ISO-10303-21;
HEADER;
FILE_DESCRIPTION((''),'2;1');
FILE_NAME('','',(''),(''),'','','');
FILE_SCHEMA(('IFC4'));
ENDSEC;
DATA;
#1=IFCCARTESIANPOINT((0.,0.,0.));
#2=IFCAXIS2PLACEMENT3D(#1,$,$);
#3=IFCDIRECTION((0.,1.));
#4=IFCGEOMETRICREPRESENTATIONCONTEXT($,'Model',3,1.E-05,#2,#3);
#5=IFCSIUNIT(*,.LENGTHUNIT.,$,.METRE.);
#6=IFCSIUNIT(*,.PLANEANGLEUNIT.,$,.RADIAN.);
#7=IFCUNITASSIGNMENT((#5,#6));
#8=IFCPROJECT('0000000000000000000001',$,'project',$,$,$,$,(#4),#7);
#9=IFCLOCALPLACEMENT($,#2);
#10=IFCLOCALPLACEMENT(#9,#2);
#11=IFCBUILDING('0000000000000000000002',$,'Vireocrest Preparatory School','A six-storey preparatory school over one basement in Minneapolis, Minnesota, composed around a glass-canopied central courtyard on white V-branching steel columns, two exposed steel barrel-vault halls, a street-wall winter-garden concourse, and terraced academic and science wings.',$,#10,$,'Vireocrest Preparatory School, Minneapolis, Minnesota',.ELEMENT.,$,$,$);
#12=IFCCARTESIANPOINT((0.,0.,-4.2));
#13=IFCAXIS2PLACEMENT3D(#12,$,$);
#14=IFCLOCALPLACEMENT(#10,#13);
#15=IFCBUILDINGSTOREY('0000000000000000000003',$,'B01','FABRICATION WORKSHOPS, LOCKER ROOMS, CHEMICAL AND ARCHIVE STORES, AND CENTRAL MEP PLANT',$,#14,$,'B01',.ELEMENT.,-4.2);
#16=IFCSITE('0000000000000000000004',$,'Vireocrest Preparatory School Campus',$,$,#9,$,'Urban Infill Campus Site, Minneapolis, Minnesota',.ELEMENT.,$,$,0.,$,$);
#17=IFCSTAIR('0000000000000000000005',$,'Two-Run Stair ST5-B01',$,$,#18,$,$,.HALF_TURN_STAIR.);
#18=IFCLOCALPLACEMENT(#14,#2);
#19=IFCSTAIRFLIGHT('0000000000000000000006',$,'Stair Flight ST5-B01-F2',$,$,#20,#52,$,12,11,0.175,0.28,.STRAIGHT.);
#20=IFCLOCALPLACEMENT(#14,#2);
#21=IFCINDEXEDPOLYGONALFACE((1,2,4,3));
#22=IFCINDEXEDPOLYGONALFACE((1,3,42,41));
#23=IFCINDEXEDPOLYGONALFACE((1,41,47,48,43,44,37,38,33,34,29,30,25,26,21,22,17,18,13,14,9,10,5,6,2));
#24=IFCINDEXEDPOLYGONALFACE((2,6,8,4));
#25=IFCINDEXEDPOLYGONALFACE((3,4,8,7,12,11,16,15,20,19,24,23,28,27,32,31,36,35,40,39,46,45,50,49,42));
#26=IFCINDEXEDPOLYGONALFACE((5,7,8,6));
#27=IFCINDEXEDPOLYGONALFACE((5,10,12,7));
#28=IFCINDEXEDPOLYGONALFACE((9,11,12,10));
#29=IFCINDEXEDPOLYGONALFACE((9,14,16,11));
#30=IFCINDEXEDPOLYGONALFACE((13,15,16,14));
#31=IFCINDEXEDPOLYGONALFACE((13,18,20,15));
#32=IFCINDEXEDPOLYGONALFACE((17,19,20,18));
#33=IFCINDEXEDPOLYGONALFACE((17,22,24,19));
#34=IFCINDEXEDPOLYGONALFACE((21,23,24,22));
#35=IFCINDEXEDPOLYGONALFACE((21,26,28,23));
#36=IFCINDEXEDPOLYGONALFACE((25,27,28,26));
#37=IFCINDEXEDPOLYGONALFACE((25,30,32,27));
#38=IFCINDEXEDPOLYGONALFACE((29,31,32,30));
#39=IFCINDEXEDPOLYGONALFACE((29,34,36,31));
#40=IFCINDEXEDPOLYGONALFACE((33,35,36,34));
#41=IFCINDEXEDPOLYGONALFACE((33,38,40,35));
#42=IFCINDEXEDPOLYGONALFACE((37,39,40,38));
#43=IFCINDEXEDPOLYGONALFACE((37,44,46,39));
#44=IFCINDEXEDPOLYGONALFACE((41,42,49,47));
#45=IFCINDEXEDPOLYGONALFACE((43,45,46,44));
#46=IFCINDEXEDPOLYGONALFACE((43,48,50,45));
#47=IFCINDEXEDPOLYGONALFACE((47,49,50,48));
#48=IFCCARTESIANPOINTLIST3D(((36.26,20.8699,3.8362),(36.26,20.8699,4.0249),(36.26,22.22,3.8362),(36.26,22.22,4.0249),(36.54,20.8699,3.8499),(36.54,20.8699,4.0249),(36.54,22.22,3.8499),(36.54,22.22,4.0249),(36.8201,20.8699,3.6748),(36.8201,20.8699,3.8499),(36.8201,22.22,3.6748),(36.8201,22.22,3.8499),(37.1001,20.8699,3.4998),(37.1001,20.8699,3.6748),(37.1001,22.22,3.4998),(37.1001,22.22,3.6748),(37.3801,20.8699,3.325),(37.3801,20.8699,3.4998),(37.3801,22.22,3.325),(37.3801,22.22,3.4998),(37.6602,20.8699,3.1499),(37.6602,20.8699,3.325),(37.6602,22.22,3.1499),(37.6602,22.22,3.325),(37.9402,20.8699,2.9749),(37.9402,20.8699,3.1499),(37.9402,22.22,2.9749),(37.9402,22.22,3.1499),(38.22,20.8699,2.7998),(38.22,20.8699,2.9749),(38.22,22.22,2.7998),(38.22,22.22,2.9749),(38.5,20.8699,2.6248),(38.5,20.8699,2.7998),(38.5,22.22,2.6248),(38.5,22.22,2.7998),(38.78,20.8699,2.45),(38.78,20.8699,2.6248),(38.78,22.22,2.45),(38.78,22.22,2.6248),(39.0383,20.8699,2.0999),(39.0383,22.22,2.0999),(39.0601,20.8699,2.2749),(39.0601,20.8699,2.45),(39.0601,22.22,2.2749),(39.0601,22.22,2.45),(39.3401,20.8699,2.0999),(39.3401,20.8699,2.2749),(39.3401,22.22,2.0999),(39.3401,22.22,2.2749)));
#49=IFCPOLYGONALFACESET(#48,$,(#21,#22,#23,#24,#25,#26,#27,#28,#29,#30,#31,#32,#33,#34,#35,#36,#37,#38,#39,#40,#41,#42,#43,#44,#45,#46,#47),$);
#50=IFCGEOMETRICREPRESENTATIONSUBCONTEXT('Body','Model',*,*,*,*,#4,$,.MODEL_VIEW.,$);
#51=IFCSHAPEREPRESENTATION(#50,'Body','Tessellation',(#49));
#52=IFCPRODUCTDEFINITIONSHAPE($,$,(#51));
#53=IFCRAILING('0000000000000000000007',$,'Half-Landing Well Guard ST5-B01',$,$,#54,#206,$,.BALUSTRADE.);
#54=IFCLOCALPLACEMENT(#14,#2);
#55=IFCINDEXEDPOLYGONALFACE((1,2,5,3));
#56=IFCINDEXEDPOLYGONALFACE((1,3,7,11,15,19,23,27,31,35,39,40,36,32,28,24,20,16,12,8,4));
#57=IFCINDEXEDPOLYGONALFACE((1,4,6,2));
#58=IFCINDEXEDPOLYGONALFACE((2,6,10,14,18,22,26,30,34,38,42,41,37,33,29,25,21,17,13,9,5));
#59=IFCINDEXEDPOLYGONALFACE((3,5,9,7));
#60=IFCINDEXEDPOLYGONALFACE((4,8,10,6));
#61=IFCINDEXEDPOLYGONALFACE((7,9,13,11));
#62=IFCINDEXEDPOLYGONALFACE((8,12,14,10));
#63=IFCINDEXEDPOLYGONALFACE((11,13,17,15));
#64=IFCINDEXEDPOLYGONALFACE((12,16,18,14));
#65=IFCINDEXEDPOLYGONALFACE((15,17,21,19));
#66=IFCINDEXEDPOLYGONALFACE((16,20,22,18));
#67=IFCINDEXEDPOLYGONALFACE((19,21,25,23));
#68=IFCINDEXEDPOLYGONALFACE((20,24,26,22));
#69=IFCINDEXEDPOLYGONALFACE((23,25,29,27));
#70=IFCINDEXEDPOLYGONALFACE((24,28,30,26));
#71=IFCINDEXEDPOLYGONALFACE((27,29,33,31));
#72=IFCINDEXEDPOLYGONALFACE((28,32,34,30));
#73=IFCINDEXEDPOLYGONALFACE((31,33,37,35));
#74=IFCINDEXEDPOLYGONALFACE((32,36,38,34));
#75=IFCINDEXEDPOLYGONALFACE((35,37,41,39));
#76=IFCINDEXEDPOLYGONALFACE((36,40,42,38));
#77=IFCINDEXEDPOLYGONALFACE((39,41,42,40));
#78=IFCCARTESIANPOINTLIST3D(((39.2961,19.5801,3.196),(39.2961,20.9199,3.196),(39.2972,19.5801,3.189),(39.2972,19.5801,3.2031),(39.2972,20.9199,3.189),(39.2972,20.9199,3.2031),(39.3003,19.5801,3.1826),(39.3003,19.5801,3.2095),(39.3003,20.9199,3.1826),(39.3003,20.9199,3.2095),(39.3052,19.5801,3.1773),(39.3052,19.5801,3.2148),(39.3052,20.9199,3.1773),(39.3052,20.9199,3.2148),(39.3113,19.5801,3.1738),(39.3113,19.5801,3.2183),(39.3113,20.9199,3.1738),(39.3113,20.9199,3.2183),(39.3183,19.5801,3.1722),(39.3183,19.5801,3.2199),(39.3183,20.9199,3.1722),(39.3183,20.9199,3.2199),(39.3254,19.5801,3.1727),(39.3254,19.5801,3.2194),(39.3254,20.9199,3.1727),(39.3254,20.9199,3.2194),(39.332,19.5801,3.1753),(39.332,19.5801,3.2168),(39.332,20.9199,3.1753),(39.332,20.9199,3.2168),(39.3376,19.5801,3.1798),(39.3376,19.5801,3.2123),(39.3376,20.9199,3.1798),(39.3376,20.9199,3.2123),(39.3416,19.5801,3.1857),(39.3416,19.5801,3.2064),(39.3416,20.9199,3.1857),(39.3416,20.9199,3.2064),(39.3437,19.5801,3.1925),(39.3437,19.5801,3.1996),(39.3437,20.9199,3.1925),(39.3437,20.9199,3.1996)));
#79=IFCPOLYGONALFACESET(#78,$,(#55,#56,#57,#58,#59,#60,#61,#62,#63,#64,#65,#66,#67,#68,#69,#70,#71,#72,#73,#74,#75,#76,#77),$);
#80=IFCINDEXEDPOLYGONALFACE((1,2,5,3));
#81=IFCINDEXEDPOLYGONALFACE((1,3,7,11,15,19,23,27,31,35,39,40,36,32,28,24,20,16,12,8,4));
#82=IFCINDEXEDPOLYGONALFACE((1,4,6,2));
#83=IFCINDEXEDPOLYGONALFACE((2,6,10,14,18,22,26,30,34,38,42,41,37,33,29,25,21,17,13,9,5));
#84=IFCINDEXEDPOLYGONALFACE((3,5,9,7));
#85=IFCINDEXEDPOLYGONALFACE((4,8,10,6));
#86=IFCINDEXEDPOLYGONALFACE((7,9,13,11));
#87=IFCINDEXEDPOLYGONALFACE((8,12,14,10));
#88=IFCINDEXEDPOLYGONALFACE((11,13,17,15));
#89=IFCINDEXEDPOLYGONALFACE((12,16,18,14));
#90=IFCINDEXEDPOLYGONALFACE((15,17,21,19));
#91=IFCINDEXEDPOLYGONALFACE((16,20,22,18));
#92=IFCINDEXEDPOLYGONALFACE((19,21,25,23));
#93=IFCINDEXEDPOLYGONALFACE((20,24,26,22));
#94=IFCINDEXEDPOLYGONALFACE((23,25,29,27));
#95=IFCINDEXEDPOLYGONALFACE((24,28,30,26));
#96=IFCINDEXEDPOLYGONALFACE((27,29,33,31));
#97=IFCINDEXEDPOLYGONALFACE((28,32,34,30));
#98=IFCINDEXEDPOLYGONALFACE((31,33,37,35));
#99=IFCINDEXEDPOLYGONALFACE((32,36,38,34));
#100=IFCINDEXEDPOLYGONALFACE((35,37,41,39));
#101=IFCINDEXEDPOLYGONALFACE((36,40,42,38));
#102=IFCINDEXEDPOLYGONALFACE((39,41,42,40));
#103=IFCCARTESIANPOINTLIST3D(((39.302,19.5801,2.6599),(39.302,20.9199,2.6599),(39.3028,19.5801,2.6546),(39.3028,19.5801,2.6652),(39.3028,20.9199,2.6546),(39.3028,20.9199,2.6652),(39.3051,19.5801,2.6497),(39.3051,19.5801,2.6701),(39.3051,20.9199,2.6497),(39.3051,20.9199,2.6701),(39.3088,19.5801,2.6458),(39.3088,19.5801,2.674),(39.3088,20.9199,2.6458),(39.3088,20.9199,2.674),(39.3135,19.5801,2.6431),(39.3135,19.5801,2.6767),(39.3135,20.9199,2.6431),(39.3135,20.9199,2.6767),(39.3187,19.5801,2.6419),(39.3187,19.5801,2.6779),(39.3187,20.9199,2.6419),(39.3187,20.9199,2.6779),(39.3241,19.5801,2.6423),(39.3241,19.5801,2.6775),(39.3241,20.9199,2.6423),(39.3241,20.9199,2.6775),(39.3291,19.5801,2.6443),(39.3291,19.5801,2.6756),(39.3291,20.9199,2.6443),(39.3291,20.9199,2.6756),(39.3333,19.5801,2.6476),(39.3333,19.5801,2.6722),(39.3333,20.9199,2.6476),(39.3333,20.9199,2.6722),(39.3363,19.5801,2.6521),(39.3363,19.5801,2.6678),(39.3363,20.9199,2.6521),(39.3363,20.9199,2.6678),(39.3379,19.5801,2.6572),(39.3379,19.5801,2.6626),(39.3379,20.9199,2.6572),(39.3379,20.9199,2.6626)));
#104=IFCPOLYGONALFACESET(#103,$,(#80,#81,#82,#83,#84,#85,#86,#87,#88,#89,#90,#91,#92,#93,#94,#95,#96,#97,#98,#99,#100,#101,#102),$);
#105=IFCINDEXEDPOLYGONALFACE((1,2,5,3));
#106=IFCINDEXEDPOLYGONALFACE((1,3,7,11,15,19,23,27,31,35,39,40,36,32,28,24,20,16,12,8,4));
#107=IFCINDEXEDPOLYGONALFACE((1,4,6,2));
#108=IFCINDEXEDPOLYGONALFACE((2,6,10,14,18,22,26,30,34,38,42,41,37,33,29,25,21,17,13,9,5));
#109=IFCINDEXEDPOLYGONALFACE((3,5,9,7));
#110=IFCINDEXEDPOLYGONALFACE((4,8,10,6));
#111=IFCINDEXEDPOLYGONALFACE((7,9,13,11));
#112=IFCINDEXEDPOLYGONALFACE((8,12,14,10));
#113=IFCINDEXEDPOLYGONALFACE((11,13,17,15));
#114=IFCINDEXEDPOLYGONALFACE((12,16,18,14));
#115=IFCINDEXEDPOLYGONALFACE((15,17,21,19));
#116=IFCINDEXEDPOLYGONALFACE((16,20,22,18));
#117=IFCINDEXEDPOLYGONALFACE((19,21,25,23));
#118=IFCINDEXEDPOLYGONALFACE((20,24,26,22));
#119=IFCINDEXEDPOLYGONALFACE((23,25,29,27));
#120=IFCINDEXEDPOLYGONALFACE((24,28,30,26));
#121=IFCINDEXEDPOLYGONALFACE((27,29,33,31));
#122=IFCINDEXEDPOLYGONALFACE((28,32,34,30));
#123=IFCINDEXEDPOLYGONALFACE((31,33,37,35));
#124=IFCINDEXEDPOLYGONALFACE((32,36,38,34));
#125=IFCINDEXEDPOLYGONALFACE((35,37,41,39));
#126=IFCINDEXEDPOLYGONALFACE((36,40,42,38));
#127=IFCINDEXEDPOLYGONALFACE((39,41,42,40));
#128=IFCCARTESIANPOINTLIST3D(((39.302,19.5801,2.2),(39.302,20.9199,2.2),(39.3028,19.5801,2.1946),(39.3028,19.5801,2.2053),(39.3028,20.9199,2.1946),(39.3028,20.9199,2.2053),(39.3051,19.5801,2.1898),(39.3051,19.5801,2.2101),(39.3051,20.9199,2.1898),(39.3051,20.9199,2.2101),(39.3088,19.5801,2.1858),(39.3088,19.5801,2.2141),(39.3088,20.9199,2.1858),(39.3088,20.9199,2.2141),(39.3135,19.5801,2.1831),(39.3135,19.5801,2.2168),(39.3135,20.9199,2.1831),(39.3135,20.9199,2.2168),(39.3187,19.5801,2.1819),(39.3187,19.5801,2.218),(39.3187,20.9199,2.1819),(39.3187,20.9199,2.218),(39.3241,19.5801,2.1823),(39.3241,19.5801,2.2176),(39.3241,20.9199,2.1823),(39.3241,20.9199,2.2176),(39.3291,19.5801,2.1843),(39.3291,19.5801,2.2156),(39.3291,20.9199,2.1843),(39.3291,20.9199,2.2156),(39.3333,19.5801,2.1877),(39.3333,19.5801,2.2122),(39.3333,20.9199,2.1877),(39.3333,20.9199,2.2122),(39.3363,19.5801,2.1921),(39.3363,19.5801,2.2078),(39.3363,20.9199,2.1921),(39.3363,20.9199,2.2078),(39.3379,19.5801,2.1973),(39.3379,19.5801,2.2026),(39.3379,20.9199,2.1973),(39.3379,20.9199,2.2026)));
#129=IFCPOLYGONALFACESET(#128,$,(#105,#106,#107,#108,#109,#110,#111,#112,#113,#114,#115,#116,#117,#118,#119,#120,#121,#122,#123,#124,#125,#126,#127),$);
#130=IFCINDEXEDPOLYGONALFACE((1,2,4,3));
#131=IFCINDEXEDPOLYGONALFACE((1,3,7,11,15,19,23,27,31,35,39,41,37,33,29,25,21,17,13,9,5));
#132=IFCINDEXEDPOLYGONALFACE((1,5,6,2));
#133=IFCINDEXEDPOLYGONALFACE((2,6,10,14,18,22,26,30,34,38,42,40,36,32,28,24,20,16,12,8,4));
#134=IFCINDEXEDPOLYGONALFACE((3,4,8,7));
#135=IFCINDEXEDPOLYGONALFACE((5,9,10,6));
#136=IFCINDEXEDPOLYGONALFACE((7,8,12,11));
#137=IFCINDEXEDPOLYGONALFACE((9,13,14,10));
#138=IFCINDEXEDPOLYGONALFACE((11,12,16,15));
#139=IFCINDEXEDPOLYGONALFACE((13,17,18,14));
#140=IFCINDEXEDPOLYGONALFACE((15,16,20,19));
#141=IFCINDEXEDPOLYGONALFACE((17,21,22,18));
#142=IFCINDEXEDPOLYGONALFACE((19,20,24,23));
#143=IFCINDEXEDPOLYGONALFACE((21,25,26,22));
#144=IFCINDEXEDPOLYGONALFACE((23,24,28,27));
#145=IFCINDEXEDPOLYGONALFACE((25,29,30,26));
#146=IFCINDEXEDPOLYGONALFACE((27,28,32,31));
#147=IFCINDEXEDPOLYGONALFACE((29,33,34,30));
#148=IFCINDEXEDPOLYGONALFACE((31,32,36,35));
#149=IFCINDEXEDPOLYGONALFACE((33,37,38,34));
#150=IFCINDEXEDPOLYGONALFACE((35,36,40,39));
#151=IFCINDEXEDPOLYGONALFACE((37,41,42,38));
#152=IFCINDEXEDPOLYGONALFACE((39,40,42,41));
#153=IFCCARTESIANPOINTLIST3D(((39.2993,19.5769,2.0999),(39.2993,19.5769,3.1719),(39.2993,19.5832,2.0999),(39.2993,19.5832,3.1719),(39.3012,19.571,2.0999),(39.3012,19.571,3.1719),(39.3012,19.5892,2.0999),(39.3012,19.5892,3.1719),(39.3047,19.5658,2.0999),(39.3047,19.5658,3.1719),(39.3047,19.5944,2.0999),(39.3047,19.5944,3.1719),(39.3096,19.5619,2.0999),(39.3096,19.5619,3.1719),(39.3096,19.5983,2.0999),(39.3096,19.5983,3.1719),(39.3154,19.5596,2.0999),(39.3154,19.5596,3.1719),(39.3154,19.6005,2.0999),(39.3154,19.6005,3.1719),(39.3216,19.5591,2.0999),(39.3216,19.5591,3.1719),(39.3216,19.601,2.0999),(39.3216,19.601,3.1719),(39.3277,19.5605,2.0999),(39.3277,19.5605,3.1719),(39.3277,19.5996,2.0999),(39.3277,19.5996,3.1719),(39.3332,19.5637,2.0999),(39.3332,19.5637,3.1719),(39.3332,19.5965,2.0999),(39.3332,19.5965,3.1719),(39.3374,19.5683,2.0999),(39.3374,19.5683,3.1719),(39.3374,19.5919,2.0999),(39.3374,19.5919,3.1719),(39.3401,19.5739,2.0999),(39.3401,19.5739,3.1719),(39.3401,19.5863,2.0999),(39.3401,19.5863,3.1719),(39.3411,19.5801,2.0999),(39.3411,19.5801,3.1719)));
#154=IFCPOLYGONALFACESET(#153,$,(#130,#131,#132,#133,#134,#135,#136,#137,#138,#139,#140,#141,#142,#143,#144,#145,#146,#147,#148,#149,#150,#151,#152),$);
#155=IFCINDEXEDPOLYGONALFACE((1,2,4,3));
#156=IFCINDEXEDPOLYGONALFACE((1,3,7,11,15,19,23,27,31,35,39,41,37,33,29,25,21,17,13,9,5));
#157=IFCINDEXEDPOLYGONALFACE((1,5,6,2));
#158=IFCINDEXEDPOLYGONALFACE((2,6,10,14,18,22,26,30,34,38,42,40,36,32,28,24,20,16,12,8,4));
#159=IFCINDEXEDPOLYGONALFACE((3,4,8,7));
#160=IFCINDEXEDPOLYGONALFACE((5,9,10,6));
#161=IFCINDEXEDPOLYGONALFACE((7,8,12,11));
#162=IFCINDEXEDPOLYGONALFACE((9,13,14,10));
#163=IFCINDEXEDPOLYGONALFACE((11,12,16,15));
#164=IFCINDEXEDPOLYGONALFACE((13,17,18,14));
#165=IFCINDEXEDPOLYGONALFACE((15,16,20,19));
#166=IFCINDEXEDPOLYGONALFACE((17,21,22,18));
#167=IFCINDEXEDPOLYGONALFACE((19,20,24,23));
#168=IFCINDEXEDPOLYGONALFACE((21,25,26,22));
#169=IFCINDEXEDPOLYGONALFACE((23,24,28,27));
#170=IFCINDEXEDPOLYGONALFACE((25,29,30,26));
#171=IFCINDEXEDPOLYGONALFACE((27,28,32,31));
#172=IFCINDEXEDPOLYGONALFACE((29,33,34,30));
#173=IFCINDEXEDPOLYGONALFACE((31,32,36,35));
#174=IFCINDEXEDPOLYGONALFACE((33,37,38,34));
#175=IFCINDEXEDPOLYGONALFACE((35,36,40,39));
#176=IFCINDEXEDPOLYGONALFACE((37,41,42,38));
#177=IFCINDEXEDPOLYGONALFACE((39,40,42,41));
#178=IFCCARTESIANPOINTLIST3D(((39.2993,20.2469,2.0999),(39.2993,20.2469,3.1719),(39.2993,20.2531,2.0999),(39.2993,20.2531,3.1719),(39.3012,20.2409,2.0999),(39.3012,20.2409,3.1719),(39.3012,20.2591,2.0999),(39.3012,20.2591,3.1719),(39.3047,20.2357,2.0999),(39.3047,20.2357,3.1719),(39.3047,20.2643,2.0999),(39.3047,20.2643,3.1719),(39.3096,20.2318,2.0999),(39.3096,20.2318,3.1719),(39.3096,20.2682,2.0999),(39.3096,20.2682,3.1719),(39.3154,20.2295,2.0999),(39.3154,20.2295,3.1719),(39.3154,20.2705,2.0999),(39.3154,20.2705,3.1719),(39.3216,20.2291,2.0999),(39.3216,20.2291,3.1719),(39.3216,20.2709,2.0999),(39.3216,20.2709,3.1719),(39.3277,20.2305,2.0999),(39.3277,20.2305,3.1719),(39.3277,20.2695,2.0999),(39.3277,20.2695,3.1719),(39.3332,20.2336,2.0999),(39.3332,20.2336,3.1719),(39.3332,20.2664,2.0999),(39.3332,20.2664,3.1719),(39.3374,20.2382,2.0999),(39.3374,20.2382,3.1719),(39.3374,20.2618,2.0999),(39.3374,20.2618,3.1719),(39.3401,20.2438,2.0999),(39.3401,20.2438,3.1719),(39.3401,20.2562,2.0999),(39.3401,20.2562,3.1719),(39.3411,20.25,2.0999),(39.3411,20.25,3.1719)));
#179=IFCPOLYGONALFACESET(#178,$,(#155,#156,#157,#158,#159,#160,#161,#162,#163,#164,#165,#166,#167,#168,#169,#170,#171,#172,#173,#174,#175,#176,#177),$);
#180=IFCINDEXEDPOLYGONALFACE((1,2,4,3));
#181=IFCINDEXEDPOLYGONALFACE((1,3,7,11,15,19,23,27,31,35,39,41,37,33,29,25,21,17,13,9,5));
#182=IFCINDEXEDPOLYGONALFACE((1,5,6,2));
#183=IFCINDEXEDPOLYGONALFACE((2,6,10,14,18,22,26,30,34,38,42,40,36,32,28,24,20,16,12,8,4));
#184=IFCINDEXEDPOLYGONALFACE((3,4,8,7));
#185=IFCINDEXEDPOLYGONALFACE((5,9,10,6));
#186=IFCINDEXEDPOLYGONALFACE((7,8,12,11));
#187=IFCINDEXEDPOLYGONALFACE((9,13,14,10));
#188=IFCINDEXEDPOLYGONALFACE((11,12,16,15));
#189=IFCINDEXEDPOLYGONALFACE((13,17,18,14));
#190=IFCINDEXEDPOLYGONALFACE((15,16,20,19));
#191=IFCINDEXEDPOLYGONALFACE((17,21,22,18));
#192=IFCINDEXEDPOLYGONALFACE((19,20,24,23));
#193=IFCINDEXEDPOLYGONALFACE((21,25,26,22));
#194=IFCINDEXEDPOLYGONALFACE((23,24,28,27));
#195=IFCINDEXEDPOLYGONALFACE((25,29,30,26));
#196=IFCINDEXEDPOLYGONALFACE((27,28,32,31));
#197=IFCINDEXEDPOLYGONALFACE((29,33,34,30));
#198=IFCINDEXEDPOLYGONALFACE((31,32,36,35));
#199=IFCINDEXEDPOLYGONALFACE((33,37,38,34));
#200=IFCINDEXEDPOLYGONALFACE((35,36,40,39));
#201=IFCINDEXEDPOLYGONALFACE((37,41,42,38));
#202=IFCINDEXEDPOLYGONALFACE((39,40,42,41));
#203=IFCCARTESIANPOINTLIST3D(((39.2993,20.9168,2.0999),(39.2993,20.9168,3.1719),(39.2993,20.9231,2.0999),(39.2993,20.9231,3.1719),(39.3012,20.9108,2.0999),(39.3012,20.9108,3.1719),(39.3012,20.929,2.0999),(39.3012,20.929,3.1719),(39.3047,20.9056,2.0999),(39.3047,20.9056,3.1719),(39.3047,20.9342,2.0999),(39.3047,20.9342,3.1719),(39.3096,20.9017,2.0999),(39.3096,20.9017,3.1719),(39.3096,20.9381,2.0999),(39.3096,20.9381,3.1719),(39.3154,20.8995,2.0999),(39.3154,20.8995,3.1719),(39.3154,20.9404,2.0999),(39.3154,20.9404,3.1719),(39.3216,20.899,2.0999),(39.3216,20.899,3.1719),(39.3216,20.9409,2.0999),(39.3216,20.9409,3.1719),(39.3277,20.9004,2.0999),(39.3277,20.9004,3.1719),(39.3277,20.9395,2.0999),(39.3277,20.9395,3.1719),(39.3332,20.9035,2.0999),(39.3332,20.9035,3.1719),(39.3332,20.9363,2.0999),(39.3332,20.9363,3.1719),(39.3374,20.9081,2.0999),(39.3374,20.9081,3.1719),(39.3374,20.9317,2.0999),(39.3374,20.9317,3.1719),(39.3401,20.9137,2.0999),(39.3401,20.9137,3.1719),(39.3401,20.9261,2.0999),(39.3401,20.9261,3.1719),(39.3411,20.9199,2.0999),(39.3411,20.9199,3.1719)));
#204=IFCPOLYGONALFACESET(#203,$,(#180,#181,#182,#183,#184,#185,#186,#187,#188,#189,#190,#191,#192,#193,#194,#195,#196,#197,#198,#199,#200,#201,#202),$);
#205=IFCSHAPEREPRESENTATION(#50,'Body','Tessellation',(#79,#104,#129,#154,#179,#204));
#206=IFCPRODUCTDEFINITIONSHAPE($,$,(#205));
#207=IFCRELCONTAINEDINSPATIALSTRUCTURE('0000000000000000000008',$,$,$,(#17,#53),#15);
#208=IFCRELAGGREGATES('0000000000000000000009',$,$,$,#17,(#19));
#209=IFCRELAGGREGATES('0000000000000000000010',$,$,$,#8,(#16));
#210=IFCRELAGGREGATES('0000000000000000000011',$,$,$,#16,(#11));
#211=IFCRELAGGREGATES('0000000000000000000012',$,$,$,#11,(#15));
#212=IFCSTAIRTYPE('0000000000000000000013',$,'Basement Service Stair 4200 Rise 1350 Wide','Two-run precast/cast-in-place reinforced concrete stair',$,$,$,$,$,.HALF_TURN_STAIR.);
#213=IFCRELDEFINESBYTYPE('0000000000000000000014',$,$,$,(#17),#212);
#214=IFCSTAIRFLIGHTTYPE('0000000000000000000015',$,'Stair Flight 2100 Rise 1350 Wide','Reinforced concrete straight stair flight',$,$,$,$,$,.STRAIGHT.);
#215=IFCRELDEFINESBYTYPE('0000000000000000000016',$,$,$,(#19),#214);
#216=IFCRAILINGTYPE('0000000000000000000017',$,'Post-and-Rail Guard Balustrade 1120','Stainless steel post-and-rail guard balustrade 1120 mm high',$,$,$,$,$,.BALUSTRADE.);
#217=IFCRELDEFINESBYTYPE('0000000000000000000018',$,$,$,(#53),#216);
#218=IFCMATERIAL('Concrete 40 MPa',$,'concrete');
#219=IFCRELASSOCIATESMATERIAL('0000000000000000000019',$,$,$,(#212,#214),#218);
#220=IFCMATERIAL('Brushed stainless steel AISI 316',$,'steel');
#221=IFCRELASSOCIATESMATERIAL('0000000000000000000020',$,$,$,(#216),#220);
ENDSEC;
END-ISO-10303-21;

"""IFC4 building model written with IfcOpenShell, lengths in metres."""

from ifc_helpers import new_model, si_unit, direction, frame, origin, origin_2d, place, context, subcontext, project, spatial, polyline, circle, outline, extrude, material, type_object, element, aggregate, save


model = new_model("IFC4")

# Units and contexts
model_context = context("Model", 3, precision=1e-05, world=origin(), true_north=direction((0.0, 1.0)))
body_context = subcontext(model_context, "Body", "Model", "MODEL_VIEW")
ifc_project = project(units=[si_unit("LENGTHUNIT", "METRE"), si_unit("PLANEANGLEUNIT", "RADIAN")], contexts=[model_context])

# Site, building, storey
site_placement = place(None, origin())
site = spatial("IfcSite", under=ifc_project, at=site_placement, Name="Vireocrest Preparatory School Campus", LongName="Urban Infill Campus Site, Minneapolis, Minnesota", CompositionType="ELEMENT", RefElevation=0.0)
building_placement = place(site_placement, origin())
building = spatial("IfcBuilding", under=site, at=building_placement, Name="Vireocrest Preparatory School", Description="A six-storey preparatory school over one basement in Minneapolis, Minnesota, composed around a glass-canopied central courtyard on white V-branching steel columns, two exposed steel barrel-vault halls, a street-wall winter-garden concourse, and terraced academic and science wings.", LongName="Vireocrest Preparatory School, Minneapolis, Minnesota", CompositionType="ELEMENT")
storey_placement = place(building_placement, frame((0.0, 0.0, -4.2)))
storey = spatial("IfcBuildingStorey", under=building, at=storey_placement, Name="B01", Description="FABRICATION WORKSHOPS, LOCKER ROOMS, CHEMICAL AND ARCHIVE STORES, AND CENTRAL MEP PLANT", LongName="B01", CompositionType="ELEMENT", Elevation=-4.2)

# Shared definitions
ifc_material_1 = material(Name="Concrete 40 MPa", Category="concrete")

# Stair, stair flight
stair_type = type_object("IfcStairType", Name="Basement Service Stair 4200 Rise 1350 Wide", Description="Two-run precast/cast-in-place reinforced concrete stair", PredefinedType="HALF_TURN_STAIR", material=ifc_material_1)
stair_placement = place(storey_placement, origin())
stair = element("IfcStair", 1, at=stair_placement, inside=storey, type_object=stair_type, Name="Two-Run Stair ST5-B01", PredefinedType="HALF_TURN_STAIR")
stair_flight_type = type_object("IfcStairFlightType", Name="Stair Flight 2100 Rise 1350 Wide", Description="Reinforced concrete straight stair flight", PredefinedType="STRAIGHT", material=ifc_material_1)
stair_flight_1_placement = place(storey_placement, frame((39.3401, 21.5449, 2.0999), z_axis=(0.0, 0.0, 1.0), x_axis=(-1.0, 0.0, 0.0)))
stair_flight_1 = element("IfcStairFlight", 2, at=stair_flight_1_placement, type_object=stair_flight_type, Name="Stair Flight ST5-B01-F2", NumberOfRisers=12, NumberOfTreads=11, PredefinedType="STRAIGHT", RiserHeight=0.175, TreadLength=0.28, context=body_context, shape_type="SweptSolid", body=[
    extrude(outline(polyline([(0.0, 0.0), (0.0, 0.175), (0.28, 0.175), (0.28, 0.3501), (0.5601, 0.3501), (0.5601, 0.5249), (0.8401, 0.5249), (0.8401, 0.7), (1.1201, 0.7), (1.1201, 0.875), (1.3999, 0.875), (1.3999, 1.05), (1.6799, 1.05), (1.6799, 1.2251), (1.96, 1.2251), (1.96, 1.3999), (2.24, 1.3999), (2.24, 1.575), (2.52, 1.575), (2.52, 1.75), (2.8, 1.75), (2.8, 1.925), (3.0801, 1.925), (3.0801, 2.1001), (3.0801, 1.7363), (0.3018, 0.0), (0.0, 0.0)])), frame((0.0, 0.675, 0.0), z_axis=(0.0, -1.0, 0.0), x_axis=(1.0, 0.0, 0.0)), (0.0, 0.0, 1.0), 1.3501),
])
aggregate(stair, [stair_flight_1])

# Railing
ifc_material_2 = material(Name="Brushed stainless steel AISI 316", Category="steel")
railing_type_1 = type_object("IfcRailingType", Name="Post-and-Rail Guard Balustrade 1120", Description="Stainless steel post-and-rail guard balustrade 1120 mm high", PredefinedType="BALUSTRADE", material=ifc_material_2)
railing_1_placement = place(storey_placement, frame((39.3201, 19.5801, 2.0999)))
element("IfcRailing", 3, at=railing_1_placement, inside=storey, type_object=railing_type_1, Name="Half-Landing Well Guard ST5-B01", PredefinedType="BALUSTRADE", context=body_context, shape_type="SweptSolid", body=[
    extrude(circle(Radius=0.0239, at=origin_2d()), frame((0.0, 0.0, 1.0962), z_axis=(0.0, 1.0, 0.0), x_axis=(-1.0, 0.0, 0.0)), (0.0, 0.0, 1.0), 1.3398),
    extrude(circle(Radius=0.0181, at=origin_2d()), frame((0.0, 0.0, 0.5601), z_axis=(0.0, 1.0, 0.0), x_axis=(-1.0, 0.0, 0.0)), (0.0, 0.0, 1.0), 1.3398),
    extrude(circle(Radius=0.0181, at=origin_2d()), frame((0.0, 0.0, 0.1001), z_axis=(0.0, 1.0, 0.0), x_axis=(-1.0, 0.0, 0.0)), (0.0, 0.0, 1.0), 1.3398),
    extrude(circle(Radius=0.021, at=origin_2d()), origin(), (0.0, 0.0, 1.0), 1.072),
    extrude(circle(Radius=0.021, at=origin_2d()), frame((0.0, 0.6699, 0.0)), (0.0, 0.0, 1.0), 1.072),
    extrude(circle(Radius=0.021, at=origin_2d()), frame((0.0, 1.3398, 0.0)), (0.0, 0.0, 1.0), 1.072),
])

save(model, "model.ifc")
